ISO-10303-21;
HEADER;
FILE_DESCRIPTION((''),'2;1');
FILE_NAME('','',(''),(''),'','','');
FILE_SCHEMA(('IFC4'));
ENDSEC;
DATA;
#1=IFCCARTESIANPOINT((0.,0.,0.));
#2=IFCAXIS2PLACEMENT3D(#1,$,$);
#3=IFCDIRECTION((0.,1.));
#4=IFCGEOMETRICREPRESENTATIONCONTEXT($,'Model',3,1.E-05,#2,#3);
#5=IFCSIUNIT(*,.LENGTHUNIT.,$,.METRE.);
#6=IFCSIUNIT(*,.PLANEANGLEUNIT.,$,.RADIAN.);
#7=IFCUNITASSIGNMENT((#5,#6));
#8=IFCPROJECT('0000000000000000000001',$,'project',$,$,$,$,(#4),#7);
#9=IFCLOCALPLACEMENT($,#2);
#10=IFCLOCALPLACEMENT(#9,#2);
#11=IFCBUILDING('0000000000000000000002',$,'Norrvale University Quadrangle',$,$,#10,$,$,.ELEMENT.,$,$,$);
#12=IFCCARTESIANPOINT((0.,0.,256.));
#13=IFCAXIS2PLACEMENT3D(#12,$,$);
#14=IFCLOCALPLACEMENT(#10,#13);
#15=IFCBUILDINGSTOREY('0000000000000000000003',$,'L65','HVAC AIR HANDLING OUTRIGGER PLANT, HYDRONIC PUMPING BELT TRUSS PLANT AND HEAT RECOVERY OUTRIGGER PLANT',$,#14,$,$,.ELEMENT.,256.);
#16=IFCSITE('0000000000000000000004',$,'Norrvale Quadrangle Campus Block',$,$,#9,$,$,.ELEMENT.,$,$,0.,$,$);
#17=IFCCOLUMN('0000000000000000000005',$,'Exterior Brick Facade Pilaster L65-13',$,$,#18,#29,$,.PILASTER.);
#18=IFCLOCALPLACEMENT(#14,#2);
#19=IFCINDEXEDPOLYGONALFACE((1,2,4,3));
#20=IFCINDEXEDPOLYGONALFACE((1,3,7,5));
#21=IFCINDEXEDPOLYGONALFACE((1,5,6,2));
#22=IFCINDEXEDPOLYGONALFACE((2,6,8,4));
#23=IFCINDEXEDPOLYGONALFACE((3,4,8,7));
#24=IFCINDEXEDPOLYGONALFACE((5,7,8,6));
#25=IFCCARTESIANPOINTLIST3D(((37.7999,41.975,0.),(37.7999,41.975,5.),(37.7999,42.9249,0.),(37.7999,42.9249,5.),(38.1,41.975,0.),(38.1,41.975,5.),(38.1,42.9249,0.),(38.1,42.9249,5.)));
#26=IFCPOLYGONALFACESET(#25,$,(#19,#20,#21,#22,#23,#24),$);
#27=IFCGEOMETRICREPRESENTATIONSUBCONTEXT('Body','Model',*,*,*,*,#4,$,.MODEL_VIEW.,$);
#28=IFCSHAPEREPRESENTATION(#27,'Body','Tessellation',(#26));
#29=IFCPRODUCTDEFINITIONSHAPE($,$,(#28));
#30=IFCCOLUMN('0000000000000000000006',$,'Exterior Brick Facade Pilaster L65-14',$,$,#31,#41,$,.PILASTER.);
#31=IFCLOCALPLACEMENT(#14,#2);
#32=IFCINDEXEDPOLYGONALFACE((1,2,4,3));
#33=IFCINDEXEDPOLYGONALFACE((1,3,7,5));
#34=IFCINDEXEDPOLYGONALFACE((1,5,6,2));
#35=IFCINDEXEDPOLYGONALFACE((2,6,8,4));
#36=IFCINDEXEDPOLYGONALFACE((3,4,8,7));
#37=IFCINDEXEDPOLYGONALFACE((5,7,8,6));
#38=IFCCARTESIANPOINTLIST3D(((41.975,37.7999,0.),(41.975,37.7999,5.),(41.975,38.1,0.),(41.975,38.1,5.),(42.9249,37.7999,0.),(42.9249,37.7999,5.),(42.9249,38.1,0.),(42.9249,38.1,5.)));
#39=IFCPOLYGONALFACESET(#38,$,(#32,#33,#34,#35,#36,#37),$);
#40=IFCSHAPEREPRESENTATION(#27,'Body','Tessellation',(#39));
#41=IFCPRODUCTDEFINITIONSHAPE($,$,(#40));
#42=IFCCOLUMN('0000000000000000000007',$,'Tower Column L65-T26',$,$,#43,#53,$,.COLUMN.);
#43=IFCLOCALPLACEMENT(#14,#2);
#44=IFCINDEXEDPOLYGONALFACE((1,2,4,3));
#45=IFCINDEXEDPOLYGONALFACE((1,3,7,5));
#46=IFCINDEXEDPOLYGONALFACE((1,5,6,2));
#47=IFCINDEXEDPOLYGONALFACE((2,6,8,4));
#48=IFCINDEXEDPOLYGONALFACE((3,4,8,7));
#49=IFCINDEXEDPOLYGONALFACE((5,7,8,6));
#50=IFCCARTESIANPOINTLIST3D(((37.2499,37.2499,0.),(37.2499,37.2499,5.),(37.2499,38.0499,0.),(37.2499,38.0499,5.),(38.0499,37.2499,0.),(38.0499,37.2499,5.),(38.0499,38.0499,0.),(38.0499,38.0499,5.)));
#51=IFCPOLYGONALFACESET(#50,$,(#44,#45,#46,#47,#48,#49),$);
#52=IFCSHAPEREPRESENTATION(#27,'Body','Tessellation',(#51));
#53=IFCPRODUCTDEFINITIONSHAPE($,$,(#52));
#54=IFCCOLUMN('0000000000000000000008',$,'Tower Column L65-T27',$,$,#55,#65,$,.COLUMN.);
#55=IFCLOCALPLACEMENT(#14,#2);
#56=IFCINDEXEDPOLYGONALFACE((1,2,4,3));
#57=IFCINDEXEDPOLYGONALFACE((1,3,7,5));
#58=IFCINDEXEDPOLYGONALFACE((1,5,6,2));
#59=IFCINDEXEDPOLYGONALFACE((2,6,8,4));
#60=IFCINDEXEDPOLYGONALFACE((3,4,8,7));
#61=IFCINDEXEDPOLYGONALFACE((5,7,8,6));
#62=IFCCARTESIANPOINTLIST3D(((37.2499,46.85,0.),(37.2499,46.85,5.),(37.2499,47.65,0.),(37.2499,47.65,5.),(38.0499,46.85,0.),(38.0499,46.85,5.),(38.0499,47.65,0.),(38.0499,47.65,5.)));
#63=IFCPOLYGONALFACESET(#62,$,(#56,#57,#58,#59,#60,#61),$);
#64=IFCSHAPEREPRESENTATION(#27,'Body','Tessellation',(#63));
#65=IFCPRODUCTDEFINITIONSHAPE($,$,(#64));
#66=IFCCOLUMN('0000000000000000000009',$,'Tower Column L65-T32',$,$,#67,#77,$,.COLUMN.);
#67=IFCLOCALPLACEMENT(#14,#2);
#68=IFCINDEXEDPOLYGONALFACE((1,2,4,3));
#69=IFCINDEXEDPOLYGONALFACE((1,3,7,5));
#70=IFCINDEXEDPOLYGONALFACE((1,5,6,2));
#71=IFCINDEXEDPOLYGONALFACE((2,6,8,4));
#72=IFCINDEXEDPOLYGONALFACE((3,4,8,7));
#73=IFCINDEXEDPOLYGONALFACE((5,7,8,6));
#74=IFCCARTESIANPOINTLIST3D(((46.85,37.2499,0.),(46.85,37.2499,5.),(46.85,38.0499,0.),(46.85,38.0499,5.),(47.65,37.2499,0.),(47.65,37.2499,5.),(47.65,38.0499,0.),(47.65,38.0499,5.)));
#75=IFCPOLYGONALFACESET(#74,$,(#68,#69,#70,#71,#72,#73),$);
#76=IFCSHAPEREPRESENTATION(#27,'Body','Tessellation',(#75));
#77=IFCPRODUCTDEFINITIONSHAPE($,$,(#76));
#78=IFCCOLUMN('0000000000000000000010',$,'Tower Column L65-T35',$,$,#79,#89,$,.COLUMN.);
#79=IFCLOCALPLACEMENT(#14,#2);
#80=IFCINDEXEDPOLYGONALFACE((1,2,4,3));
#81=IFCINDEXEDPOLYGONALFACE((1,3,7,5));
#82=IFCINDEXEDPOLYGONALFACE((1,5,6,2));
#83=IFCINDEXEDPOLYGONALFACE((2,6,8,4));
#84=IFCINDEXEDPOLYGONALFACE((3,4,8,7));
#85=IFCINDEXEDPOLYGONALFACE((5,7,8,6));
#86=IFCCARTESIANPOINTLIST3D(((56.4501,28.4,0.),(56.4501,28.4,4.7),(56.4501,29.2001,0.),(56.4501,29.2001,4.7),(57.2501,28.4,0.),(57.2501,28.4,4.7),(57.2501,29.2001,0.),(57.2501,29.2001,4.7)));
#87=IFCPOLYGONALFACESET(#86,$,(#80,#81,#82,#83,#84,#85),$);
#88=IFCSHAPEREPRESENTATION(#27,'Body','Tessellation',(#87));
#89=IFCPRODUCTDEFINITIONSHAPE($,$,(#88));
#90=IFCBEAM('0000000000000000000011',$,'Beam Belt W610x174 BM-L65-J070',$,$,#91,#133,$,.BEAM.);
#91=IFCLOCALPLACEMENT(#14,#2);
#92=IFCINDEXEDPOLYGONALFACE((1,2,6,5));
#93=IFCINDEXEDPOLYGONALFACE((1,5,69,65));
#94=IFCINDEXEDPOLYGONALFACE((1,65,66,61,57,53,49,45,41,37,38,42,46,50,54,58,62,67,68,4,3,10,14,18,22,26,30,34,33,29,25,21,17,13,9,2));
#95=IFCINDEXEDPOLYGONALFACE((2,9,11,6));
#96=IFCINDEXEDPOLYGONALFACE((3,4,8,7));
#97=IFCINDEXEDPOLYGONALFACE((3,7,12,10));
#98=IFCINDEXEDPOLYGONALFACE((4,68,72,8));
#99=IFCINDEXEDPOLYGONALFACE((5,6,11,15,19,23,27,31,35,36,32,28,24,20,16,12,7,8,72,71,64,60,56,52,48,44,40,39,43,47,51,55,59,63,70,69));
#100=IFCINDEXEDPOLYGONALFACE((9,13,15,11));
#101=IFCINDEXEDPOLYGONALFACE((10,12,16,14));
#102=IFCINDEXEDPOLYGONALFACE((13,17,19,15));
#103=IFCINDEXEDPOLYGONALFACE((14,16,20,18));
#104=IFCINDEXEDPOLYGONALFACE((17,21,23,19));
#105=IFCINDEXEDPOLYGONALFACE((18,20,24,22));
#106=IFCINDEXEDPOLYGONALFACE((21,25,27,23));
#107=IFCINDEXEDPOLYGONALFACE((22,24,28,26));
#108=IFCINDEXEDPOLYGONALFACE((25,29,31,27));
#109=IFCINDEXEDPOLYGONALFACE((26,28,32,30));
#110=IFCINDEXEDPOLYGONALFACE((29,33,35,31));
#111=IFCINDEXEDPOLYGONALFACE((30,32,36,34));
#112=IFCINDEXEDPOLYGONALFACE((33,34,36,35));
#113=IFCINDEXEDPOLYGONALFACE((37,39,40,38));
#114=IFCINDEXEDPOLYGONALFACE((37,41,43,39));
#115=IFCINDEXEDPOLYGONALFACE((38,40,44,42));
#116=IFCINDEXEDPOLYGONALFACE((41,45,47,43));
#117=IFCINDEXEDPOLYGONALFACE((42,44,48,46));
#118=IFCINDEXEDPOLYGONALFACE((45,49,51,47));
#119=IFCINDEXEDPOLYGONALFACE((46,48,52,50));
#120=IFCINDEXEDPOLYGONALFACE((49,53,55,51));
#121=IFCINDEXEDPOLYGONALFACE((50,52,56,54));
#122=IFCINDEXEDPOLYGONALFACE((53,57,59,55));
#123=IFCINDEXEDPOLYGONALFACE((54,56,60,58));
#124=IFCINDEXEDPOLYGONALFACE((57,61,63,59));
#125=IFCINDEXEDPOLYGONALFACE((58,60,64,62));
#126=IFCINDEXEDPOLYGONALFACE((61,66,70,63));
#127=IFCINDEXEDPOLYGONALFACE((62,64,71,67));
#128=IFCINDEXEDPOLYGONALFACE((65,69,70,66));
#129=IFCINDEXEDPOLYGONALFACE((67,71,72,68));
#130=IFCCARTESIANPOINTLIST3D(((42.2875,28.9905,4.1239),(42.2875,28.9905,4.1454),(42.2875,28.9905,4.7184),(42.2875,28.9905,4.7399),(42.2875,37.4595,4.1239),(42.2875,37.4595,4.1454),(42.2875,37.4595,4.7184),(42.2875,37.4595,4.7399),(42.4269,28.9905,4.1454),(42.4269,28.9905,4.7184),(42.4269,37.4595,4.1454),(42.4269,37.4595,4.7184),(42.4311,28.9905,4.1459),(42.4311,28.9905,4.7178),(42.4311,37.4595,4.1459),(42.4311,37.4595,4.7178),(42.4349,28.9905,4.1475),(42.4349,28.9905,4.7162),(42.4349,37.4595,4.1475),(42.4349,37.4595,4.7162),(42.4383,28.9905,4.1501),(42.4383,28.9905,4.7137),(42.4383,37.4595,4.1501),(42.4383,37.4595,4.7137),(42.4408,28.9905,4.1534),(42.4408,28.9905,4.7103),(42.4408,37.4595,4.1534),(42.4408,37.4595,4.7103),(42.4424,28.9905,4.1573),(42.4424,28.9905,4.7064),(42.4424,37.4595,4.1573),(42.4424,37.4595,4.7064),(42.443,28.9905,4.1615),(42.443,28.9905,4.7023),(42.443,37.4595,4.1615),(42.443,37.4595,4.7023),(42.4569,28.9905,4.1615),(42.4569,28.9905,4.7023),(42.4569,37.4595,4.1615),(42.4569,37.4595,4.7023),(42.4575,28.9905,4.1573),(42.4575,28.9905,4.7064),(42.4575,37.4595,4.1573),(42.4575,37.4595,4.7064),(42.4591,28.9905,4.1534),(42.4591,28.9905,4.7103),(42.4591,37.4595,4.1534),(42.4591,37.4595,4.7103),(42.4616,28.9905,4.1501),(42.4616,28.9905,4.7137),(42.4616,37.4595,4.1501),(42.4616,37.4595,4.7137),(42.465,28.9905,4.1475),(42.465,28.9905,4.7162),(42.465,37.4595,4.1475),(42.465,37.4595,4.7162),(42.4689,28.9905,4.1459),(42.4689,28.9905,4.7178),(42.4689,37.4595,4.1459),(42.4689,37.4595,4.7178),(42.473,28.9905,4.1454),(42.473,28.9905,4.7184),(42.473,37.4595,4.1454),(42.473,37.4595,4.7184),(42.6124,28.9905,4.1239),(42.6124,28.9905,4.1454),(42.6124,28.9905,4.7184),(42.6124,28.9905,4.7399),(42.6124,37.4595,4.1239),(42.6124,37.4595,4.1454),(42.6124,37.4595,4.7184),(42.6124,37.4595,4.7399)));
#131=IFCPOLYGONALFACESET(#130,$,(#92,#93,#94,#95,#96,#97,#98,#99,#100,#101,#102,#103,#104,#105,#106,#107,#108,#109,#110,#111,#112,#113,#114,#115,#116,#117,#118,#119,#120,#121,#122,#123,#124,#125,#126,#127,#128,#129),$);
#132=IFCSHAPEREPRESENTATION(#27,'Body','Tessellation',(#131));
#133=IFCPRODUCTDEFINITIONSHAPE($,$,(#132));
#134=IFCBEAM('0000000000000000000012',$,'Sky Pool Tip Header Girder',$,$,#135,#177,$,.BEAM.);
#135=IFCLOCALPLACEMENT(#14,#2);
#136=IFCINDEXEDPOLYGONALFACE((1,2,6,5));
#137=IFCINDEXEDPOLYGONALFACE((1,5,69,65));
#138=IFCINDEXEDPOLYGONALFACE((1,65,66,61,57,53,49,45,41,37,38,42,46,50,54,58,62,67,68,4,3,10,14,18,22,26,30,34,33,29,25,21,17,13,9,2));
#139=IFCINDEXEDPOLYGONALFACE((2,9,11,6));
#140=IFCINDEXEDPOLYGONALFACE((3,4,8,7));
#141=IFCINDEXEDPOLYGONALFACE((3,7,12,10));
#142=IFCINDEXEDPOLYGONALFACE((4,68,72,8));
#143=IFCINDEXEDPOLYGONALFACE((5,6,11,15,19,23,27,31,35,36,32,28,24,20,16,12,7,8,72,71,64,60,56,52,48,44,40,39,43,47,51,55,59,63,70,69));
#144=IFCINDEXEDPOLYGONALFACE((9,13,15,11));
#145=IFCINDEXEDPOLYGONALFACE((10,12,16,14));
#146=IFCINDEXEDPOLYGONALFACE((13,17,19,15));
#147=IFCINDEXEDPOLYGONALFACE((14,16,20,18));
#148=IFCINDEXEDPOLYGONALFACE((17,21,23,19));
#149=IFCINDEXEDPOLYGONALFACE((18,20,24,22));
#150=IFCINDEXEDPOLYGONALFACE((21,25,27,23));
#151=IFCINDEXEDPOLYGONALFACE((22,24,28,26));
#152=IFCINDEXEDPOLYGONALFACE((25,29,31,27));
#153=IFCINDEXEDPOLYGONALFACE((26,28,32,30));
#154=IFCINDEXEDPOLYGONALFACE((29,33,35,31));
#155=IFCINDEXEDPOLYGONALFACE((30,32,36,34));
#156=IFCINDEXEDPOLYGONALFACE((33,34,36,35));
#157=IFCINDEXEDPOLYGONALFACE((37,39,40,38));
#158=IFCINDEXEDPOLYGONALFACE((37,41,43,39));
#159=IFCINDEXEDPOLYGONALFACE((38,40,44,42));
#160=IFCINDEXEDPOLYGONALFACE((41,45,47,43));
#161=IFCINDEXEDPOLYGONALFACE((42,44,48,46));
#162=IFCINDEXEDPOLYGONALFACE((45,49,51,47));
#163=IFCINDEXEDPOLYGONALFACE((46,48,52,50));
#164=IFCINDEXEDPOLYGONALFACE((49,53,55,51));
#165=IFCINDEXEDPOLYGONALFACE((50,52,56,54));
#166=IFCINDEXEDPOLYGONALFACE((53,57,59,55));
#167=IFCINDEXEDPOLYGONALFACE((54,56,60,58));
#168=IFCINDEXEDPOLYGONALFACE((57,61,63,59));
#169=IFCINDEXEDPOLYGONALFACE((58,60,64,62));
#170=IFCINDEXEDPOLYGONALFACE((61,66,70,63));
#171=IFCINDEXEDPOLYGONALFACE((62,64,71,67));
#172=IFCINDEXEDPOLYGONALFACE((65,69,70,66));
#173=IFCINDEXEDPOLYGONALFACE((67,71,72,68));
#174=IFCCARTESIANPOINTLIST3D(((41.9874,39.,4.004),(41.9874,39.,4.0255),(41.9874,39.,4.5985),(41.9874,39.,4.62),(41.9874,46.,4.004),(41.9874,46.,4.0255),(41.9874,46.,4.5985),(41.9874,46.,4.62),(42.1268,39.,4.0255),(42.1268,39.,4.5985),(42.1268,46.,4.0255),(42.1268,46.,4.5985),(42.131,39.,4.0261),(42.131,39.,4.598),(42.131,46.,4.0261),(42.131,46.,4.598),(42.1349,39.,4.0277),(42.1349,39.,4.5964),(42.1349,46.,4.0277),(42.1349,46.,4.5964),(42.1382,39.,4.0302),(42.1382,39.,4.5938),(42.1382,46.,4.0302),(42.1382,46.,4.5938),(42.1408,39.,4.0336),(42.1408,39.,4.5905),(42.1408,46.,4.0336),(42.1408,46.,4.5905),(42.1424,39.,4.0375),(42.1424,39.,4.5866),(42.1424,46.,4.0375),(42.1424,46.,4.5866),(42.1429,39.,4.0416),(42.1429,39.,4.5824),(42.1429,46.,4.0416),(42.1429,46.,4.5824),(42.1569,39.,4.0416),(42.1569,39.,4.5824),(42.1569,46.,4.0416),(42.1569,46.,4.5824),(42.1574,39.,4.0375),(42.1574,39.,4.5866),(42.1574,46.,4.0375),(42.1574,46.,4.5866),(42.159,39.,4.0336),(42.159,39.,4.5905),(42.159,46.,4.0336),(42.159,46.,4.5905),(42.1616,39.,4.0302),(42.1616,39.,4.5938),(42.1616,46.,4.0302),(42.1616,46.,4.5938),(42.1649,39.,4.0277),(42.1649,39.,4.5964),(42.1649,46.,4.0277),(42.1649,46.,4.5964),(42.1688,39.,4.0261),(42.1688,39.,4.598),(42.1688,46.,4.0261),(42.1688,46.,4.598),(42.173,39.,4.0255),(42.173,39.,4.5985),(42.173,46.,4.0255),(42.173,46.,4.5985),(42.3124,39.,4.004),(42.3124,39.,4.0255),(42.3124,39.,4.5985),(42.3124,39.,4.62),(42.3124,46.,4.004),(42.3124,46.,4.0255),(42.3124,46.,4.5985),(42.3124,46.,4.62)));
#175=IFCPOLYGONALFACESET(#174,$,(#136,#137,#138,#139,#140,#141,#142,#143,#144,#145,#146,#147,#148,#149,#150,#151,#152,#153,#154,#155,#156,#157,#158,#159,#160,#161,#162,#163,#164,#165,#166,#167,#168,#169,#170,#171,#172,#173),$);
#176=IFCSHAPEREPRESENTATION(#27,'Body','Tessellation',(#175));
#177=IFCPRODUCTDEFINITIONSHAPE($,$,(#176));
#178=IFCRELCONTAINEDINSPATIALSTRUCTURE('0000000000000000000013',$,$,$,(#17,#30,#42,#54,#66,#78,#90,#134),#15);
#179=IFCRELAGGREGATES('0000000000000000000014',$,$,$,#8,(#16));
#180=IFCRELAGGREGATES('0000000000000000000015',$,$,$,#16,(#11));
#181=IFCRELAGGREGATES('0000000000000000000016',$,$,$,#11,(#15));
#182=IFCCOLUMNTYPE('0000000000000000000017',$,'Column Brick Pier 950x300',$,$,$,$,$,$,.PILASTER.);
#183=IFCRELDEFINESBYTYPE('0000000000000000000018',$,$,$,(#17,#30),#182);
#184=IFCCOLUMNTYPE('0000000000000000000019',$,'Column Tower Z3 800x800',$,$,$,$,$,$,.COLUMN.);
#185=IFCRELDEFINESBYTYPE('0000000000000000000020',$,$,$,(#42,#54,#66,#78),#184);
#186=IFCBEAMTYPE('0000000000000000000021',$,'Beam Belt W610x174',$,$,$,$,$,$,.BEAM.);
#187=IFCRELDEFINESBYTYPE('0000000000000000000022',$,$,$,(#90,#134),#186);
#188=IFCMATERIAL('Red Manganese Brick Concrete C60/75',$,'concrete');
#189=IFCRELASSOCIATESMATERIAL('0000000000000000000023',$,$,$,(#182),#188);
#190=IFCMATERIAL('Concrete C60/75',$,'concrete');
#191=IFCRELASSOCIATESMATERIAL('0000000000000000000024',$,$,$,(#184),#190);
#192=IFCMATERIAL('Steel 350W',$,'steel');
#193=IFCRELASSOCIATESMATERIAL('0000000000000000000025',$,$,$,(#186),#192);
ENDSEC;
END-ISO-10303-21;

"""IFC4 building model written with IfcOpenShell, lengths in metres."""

from ifc_helpers import new_model, si_unit, direction, frame, origin, origin_2d, place, context, subcontext, project, spatial, rectangle, i_section, extrude, material, material_profile, profile_set, type_object, element, save


model = new_model("IFC4")

# Units and contexts
model_context = context("Model", 3, precision=1e-05, world=origin(), true_north=direction((0.0, 1.0)))
body_context = subcontext(model_context, "Body", "Model", "MODEL_VIEW")
ifc_project = project(units=[si_unit("LENGTHUNIT", "METRE"), si_unit("PLANEANGLEUNIT", "RADIAN")], contexts=[model_context])

# Site, building, storey
site_placement = place(None, origin())
site = spatial("IfcSite", under=ifc_project, at=site_placement, Name="Norrvale Quadrangle Campus Block", CompositionType="ELEMENT", RefElevation=0.0)
building_placement = place(site_placement, origin())
building = spatial("IfcBuilding", under=site, at=building_placement, Name="Norrvale University Quadrangle", CompositionType="ELEMENT")
storey_placement = place(building_placement, frame((0.0, 0.0, 256.0)))
storey = spatial("IfcBuildingStorey", under=building, at=storey_placement, Name="L65", Description="HVAC AIR HANDLING OUTRIGGER PLANT, HYDRONIC PUMPING BELT TRUSS PLANT AND HEAT RECOVERY OUTRIGGER PLANT", CompositionType="ELEMENT", Elevation=256.0)

# Columns
ifc_material_1 = material(Name="Red Manganese Brick Concrete C60/75", Category="concrete")
ifc_material_profile_1 = material_profile(ifc_material_1, rectangle(XDim=0.95, YDim=0.3, at=origin_2d()), Name="Red Manganese Brick Concrete C60/75")
ifc_profile_set_1 = profile_set([ifc_material_profile_1], Name="Red Manganese Brick Concrete C60/75")
column_type_1 = type_object("IfcColumnType", Name="Column Brick Pier 950x300", PredefinedType="PILASTER", material=ifc_profile_set_1)
for number, where, z_axis, x_axis, name in (
    (1, (37.95, 42.45, 0.0), (0.0, 0.0, 1.0), (0.0, 1.0, 0.0), "Exterior Brick Facade Pilaster L65-13"),
    (2, (42.45, 37.95, 0.0), (0.0, 0.0, 1.0), (1.0, 0.0, 0.0), "Exterior Brick Facade Pilaster L65-14"),
):
    element("IfcColumn", number, at=place(storey_placement, frame(where, z_axis=z_axis, x_axis=x_axis)), inside=storey, type_object=column_type_1, Name=name, PredefinedType="PILASTER", context=body_context, shape_type="SweptSolid", body=[
        extrude(rectangle(XDim=0.95, YDim=0.3, at=origin_2d()), origin(), (0.0, 0.0, 1.0), 5.0),
    ])
ifc_material_2 = material(Name="Concrete C60/75", Category="concrete")
ifc_material_profile_2 = material_profile(ifc_material_2, rectangle(XDim=0.8, YDim=0.8, at=origin_2d()), Name="Concrete C60/75")
ifc_profile_set_2 = profile_set([ifc_material_profile_2], Name="Concrete C60/75")
column_type_2 = type_object("IfcColumnType", Name="Column Tower Z3 800x800", PredefinedType="COLUMN", material=ifc_profile_set_2)
for number, where, z_axis, x_axis, name in (
    (3, (37.6499, 37.6499, 0.0), (0.0, 0.0, 1.0), (1.0, 0.0, 0.0), "Tower Column L65-T26"),
    (4, (37.6499, 47.25, 0.0), (0.0, 0.0, 1.0), (1.0, 0.0, 0.0), "Tower Column L65-T27"),
    (5, (47.25, 37.6499, 0.0), (0.0, 0.0, 1.0), (1.0, 0.0, 0.0), "Tower Column L65-T32"),
):
    element("IfcColumn", number, at=place(storey_placement, frame(where, z_axis=z_axis, x_axis=x_axis)), inside=storey, type_object=column_type_2, Name=name, PredefinedType="COLUMN", context=body_context, shape_type="SweptSolid", body=[
        extrude(rectangle(XDim=0.8, YDim=0.8, at=origin_2d()), origin(), (0.0, 0.0, 1.0), 5.0),
    ])
column_placement = place(storey_placement, frame((56.8501, 28.8, 0.0), z_axis=(0.0, 0.0, 1.0), x_axis=(1.0, 0.0, 0.0)))
element("IfcColumn", 6, at=column_placement, inside=storey, type_object=column_type_2, Name="Tower Column L65-T35", PredefinedType="COLUMN", context=body_context, shape_type="SweptSolid", body=[
    extrude(rectangle(XDim=0.8, YDim=0.8, at=origin_2d()), origin(), (0.0, 0.0, 1.0), 4.7),
])

# Beams
ifc_material_3 = material(Name="Steel 350W", Category="steel")
ifc_material_profile_3 = material_profile(ifc_material_3, i_section(OverallWidth=0.325, OverallDepth=0.616, WebThickness=0.0139, FlangeThickness=0.0215, FilletRadius=0.0161, at=origin_2d()), Name="Steel 350W")
ifc_profile_set_3 = profile_set([ifc_material_profile_3], Name="Steel 350W")
beam_type_1 = type_object("IfcBeamType", Name="Beam Belt W610x174", PredefinedType="BEAM", material=ifc_profile_set_3)
beam_1_placement = place(storey_placement, frame((42.45, 28.9905, 4.4319), z_axis=(0.0, 1.0, 0.0), x_axis=(-1.0, 0.0, 0.0)))
element("IfcBeam", 7, at=beam_1_placement, inside=storey, type_object=beam_type_1, Name="Beam Belt W610x174 BM-L65-J070", PredefinedType="BEAM", context=body_context, shape_type="SweptSolid", body=[
    extrude(i_section(OverallWidth=0.325, OverallDepth=0.616, WebThickness=0.0139, FlangeThickness=0.0215, FilletRadius=0.0161, at=origin_2d()), origin(), (0.0, 0.0, 1.0), 8.469),
])
beam_2_placement = place(storey_placement, frame((42.1499, 39.0, 4.312), z_axis=(0.0, 1.0, 0.0), x_axis=(-1.0, 0.0, 0.0)))
element("IfcBeam", 8, at=beam_2_placement, inside=storey, type_object=beam_type_1, Name="Sky Pool Tip Header Girder", PredefinedType="BEAM", context=body_context, shape_type="SweptSolid", body=[
    extrude(i_section(OverallWidth=0.325, OverallDepth=0.616, WebThickness=0.0139, FlangeThickness=0.0215, FilletRadius=0.0161, at=origin_2d()), origin(), (0.0, 0.0, 1.0), 7.0),
])

save(model, "model.ifc")
